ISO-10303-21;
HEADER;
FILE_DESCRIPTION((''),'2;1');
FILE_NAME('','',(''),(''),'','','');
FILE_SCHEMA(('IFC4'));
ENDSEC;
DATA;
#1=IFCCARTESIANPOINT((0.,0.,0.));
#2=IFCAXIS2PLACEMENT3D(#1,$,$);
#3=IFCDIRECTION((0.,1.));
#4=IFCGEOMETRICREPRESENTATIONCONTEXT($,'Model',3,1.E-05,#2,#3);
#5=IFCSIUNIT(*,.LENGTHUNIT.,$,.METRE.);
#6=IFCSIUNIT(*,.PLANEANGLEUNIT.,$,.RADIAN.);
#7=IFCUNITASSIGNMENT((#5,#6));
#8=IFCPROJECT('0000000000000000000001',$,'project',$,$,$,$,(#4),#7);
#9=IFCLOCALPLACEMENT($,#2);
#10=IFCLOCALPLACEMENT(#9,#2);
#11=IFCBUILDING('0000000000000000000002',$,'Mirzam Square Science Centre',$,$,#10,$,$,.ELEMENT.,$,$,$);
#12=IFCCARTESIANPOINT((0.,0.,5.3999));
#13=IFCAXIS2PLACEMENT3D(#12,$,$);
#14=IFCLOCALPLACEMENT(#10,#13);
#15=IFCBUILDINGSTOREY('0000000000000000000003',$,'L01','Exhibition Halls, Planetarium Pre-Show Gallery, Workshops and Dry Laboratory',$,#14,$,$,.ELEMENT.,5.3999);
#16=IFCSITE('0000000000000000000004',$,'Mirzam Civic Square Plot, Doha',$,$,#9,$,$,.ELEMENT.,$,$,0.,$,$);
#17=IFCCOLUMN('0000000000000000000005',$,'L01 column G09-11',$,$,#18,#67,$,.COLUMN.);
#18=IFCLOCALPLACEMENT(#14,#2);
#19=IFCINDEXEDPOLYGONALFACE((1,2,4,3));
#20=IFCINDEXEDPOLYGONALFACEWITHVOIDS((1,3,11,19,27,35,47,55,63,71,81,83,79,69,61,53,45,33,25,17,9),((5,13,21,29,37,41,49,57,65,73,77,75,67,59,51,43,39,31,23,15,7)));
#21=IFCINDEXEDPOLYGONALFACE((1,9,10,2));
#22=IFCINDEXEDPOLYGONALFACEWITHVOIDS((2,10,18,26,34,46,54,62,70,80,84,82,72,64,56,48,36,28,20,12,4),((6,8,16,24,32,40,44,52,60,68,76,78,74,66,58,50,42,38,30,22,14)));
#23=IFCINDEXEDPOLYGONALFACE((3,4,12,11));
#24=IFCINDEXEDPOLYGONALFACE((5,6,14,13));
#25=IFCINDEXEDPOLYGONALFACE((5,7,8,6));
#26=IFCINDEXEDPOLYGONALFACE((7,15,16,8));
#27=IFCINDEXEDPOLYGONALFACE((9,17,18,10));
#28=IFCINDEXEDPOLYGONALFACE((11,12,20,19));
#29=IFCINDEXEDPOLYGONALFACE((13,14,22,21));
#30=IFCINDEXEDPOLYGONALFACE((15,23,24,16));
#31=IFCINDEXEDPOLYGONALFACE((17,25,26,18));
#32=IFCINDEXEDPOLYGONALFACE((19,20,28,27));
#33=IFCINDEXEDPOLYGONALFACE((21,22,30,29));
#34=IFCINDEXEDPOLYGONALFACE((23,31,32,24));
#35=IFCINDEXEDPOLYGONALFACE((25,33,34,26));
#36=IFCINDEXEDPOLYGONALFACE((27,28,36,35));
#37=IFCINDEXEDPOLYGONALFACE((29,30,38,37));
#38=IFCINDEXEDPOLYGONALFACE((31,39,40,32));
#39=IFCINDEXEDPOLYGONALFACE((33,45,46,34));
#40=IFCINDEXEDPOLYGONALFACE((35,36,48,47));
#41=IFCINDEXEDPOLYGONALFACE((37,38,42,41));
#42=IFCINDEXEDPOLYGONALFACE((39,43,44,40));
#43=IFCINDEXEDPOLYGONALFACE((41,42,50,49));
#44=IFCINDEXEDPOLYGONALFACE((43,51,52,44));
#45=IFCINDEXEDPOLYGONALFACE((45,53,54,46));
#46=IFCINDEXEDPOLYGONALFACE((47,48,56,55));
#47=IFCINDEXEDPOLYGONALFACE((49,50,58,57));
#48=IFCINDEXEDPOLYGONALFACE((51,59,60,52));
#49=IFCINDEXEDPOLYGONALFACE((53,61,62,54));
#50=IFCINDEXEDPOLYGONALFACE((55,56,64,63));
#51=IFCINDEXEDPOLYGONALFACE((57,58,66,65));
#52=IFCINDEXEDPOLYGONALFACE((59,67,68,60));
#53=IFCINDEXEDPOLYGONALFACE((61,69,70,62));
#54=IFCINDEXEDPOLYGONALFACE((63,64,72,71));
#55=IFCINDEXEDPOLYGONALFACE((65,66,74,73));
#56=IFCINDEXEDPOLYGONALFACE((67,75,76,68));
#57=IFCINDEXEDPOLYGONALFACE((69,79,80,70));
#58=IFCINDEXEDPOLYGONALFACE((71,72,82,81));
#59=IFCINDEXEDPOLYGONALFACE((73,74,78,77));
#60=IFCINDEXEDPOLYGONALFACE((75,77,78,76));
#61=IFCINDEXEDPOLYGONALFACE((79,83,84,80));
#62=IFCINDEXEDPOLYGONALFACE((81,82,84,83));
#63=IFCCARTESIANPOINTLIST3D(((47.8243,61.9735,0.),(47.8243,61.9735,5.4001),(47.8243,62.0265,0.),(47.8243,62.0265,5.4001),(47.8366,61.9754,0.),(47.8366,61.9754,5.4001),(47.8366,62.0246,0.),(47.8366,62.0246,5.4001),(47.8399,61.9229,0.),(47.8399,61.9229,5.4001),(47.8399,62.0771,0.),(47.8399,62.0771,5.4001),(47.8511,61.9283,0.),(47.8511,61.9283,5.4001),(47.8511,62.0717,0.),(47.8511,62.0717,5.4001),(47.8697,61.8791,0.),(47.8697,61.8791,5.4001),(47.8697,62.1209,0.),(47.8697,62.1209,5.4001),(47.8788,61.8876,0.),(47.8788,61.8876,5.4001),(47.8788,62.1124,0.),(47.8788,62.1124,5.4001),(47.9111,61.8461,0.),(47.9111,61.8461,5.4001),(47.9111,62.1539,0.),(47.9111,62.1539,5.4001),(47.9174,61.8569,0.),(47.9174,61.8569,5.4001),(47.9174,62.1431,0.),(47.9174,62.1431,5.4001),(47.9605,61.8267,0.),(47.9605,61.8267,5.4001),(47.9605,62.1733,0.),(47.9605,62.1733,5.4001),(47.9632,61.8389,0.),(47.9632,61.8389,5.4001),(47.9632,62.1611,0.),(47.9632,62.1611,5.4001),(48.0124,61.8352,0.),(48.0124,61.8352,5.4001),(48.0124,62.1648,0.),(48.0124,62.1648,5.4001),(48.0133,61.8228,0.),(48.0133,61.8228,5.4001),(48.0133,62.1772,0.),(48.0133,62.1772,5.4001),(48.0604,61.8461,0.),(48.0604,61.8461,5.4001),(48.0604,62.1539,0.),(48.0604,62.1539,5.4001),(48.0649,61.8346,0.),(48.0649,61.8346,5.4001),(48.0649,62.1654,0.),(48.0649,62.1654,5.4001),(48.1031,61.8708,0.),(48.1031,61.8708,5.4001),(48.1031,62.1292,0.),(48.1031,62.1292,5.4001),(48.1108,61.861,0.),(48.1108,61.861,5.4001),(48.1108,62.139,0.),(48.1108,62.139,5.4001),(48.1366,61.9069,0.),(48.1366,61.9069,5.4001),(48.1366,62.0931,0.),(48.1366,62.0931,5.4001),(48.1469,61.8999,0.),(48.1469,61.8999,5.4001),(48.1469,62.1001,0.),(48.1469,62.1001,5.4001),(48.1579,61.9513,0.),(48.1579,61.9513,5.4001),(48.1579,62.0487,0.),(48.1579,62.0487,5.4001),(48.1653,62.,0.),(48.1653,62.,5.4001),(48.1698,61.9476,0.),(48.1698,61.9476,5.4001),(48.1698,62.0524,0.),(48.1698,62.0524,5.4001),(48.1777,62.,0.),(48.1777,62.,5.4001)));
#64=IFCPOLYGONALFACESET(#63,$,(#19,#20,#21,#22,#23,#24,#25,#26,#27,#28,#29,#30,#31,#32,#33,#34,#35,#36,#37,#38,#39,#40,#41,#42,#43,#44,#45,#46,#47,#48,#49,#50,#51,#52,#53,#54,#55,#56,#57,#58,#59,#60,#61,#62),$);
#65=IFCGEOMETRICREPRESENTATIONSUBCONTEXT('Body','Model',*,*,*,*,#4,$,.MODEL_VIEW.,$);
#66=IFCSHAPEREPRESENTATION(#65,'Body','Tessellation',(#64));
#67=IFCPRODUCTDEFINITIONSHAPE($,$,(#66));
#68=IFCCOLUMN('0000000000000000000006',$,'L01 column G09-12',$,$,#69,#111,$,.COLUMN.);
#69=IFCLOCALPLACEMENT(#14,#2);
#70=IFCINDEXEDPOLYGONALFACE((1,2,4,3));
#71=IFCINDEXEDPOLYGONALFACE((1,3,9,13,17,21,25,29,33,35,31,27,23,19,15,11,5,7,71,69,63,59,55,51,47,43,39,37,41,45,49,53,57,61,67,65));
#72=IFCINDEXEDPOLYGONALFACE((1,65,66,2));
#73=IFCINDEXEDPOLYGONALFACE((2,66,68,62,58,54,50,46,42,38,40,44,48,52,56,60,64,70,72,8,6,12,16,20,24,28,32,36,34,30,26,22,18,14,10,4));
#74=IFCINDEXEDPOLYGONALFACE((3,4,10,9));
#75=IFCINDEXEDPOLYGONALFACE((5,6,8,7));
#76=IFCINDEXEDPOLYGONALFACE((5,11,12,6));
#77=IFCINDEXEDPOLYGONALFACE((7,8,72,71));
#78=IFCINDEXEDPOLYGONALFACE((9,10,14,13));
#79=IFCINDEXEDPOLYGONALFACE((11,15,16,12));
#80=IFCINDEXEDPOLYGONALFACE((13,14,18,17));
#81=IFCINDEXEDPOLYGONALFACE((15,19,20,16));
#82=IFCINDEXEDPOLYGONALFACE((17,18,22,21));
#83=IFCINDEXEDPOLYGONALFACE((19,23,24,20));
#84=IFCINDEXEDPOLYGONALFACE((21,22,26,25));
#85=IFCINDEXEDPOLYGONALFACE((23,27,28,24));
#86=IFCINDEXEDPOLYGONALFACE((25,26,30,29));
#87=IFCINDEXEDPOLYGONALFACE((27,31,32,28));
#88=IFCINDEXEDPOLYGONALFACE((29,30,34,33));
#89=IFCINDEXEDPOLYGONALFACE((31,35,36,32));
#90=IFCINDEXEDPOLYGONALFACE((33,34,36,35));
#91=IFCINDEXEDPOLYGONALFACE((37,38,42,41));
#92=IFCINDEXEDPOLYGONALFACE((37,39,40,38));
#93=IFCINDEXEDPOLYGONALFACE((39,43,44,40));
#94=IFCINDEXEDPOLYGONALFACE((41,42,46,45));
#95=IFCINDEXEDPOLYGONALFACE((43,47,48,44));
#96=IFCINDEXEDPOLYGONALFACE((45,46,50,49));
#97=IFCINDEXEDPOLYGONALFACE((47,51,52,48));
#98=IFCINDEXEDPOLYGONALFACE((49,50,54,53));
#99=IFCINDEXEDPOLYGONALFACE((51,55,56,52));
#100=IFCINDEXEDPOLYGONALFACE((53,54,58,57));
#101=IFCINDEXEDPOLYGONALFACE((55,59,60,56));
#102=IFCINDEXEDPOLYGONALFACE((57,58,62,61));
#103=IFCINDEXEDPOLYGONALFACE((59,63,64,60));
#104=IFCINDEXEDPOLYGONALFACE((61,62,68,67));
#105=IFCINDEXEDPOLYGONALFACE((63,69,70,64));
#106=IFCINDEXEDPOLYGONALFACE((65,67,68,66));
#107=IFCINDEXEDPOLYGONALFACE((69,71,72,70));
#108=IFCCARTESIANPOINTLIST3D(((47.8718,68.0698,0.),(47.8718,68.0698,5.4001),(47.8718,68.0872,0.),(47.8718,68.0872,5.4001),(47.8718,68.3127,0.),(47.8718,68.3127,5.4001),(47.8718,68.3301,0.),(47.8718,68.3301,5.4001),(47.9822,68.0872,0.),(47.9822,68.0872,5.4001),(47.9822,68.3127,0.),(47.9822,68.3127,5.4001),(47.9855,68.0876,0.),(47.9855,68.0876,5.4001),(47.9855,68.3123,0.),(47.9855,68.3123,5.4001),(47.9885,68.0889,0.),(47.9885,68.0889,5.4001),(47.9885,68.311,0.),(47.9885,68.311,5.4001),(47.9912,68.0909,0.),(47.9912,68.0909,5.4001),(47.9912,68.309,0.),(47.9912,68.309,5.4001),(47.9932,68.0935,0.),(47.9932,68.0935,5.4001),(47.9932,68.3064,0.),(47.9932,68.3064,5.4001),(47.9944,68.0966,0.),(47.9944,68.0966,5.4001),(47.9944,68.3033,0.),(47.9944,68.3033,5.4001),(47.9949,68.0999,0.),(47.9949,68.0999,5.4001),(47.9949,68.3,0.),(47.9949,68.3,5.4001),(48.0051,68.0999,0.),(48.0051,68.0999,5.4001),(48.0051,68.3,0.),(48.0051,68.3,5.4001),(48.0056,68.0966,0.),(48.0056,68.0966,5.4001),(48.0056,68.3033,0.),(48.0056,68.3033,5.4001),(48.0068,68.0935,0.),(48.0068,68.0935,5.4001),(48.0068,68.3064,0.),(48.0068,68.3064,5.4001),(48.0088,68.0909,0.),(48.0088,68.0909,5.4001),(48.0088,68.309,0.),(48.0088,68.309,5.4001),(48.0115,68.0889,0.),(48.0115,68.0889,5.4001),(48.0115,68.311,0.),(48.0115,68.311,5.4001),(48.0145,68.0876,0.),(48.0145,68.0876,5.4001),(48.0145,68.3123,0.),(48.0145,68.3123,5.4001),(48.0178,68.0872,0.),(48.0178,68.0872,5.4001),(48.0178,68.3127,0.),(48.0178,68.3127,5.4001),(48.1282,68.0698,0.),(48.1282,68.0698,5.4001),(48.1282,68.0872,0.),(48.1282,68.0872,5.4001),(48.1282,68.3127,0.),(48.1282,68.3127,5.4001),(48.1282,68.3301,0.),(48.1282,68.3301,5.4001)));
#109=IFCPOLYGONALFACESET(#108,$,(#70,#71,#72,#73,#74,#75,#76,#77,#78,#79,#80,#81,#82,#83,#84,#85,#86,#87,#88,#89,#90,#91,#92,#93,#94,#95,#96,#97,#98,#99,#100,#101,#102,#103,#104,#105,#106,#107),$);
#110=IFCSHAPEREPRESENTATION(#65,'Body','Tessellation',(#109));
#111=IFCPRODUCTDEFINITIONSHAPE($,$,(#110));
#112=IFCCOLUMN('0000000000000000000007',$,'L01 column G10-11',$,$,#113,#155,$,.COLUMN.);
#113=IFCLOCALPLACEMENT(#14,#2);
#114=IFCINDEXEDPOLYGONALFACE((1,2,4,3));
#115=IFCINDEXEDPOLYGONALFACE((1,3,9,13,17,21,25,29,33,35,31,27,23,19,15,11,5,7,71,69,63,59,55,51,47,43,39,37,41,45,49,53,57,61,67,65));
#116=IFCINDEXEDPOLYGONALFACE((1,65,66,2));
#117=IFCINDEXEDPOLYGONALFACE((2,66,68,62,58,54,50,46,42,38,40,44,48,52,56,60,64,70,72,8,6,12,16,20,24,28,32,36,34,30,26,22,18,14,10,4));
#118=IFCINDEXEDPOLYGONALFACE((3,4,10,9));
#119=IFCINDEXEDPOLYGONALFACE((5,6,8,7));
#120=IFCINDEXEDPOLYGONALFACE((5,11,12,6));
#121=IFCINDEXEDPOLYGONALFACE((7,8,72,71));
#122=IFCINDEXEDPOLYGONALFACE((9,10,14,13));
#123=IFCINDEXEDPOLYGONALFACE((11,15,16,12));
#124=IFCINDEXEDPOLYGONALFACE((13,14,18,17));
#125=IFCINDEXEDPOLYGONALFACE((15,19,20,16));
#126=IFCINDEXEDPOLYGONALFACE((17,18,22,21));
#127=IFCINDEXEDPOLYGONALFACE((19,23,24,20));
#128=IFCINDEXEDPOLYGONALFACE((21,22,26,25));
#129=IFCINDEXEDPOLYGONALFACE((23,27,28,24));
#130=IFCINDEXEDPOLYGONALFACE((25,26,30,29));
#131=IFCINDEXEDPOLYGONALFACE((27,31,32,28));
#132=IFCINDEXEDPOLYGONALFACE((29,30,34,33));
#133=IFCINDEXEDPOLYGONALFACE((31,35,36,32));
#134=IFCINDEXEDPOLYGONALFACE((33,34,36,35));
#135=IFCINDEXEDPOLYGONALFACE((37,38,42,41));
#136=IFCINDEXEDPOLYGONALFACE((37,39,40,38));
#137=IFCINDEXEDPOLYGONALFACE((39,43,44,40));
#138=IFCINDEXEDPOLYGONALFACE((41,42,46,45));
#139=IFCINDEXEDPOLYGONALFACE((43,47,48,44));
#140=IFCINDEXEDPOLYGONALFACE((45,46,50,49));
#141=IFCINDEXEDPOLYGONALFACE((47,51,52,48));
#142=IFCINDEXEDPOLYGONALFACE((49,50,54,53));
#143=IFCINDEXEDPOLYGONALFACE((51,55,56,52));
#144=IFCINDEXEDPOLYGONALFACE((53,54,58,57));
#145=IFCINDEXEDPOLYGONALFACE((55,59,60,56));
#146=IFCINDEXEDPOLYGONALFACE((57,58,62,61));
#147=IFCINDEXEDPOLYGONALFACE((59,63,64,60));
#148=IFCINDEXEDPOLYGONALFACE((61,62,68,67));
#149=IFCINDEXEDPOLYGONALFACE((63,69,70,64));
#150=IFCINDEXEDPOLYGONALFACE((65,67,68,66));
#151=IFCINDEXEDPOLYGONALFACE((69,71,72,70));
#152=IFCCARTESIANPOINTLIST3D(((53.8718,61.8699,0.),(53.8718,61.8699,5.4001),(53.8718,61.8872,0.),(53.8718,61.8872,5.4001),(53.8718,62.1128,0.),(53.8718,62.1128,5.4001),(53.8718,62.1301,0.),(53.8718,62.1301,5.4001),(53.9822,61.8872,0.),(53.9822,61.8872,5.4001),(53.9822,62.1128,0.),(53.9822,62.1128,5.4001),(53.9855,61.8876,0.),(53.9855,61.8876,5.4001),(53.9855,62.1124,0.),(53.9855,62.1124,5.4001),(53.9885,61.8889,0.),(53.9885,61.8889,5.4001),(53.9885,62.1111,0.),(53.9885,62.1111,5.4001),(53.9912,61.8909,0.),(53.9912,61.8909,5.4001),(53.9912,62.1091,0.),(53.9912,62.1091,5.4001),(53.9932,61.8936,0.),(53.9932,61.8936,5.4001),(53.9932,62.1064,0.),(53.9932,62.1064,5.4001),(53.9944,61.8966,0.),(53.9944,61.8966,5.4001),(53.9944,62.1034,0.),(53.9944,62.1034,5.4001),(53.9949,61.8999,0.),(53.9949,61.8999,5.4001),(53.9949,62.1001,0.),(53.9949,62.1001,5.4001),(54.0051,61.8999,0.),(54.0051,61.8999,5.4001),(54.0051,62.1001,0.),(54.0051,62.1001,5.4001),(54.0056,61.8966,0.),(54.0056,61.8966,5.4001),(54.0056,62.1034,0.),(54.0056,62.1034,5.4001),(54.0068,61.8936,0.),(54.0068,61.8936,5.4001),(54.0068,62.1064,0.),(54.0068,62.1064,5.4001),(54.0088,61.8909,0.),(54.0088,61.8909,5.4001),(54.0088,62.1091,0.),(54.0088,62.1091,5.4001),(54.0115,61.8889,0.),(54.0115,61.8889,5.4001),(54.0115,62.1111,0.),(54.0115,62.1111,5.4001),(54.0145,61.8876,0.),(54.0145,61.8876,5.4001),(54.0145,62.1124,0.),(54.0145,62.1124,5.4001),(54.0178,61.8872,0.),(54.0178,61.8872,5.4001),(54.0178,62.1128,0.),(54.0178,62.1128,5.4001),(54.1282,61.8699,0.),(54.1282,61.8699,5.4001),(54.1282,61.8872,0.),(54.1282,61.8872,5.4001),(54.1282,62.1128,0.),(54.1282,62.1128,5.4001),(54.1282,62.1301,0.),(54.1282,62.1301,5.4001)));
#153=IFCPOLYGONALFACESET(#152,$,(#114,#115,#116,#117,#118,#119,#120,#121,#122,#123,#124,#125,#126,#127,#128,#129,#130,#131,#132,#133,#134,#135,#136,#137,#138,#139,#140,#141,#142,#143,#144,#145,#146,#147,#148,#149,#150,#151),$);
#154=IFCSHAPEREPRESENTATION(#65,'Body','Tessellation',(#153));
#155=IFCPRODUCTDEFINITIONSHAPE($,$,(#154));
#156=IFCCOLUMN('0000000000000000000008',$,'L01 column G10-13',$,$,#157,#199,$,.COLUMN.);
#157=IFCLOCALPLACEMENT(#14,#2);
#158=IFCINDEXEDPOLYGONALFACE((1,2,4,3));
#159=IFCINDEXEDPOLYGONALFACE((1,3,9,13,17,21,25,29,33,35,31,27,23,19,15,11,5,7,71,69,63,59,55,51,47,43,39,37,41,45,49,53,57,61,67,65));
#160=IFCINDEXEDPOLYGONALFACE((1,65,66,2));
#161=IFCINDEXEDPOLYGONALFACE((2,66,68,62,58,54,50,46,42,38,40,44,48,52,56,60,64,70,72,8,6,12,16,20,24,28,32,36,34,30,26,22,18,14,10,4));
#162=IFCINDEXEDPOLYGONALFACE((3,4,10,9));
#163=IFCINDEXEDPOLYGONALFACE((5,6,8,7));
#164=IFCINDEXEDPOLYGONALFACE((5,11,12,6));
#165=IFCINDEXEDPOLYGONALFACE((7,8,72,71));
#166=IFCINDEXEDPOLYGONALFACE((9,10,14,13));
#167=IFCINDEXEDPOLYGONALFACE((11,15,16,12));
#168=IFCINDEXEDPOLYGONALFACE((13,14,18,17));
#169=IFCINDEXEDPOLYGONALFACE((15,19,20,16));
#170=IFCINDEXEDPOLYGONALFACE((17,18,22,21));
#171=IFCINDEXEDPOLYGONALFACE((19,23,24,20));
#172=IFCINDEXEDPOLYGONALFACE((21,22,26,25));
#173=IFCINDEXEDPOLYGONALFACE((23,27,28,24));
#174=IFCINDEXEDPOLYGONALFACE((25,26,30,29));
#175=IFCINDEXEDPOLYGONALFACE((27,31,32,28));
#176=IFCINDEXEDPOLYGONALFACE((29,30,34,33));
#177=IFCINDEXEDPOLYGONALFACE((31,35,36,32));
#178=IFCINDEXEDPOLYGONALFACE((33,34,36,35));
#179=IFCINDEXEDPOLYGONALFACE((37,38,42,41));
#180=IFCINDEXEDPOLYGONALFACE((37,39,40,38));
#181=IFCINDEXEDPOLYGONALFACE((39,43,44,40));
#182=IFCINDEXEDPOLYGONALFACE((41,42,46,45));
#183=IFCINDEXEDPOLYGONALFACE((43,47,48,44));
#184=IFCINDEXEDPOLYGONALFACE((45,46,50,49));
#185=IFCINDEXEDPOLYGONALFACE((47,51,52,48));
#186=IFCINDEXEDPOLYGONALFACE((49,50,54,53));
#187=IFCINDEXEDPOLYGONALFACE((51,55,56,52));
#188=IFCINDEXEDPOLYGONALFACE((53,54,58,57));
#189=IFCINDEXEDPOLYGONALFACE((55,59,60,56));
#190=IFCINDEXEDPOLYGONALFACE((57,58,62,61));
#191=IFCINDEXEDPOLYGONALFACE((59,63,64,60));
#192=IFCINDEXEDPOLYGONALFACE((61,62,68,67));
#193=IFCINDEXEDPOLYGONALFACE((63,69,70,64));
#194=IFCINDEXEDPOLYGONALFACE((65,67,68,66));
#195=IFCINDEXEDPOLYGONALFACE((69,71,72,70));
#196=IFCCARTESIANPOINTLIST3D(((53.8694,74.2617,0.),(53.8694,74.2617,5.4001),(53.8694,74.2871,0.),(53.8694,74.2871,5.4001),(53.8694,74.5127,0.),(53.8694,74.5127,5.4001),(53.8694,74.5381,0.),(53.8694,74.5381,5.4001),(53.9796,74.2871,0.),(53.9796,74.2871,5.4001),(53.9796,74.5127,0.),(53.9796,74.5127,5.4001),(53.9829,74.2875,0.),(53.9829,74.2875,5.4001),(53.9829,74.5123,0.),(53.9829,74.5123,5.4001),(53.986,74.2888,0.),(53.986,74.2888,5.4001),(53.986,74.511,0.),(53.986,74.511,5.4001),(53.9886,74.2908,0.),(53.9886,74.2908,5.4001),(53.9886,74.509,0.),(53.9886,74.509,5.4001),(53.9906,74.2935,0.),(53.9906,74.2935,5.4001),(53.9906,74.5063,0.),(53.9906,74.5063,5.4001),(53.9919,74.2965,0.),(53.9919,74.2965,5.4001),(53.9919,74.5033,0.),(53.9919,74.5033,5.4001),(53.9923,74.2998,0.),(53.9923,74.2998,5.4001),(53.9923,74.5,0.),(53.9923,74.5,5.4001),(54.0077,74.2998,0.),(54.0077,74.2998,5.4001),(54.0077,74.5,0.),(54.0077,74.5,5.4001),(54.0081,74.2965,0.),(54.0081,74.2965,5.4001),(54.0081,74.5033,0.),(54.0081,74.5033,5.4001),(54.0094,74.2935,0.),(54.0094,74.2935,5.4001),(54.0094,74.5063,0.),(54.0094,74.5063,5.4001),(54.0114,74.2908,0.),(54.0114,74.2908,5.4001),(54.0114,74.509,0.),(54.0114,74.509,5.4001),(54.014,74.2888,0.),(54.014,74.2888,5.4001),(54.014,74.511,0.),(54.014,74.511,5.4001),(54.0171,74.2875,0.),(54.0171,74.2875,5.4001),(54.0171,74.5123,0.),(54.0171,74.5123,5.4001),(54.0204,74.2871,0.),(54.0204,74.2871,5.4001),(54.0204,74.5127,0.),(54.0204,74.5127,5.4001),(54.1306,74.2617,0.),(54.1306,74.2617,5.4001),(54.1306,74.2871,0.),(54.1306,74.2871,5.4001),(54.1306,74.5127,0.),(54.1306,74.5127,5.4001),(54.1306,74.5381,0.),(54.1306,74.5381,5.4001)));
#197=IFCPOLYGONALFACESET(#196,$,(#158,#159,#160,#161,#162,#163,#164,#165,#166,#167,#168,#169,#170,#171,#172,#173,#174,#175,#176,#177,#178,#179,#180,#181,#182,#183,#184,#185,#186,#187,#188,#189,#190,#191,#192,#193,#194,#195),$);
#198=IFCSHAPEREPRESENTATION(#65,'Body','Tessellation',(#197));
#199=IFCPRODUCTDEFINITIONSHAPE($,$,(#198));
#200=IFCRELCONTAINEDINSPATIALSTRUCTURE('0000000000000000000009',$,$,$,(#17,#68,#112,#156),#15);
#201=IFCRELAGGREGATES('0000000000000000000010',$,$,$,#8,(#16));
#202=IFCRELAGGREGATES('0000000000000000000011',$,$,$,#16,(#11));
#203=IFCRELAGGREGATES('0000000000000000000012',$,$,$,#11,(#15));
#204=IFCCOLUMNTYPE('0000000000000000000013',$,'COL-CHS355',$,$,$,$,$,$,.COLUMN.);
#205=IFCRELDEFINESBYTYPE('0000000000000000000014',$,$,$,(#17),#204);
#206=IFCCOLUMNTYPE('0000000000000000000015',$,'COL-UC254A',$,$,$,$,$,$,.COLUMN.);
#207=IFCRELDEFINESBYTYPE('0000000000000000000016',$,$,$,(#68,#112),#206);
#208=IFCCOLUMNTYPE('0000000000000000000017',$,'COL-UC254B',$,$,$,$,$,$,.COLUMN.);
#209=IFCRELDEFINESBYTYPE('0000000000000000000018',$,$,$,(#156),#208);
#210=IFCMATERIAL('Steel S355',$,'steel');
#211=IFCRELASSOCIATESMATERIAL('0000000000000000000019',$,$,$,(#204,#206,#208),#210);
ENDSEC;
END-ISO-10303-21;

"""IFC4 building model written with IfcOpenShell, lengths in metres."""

from ifc_helpers import new_model, si_unit, direction, frame, origin, origin_2d, place, context, subcontext, project, spatial, hollow_circle, i_section, extrude, material, material_profile, profile_set, type_object, element, save


model = new_model("IFC4")

# Units and contexts
model_context = context("Model", 3, precision=1e-05, world=origin(), true_north=direction((0.0, 1.0)))
body_context = subcontext(model_context, "Body", "Model", "MODEL_VIEW")
ifc_project = project(units=[si_unit("LENGTHUNIT", "METRE"), si_unit("PLANEANGLEUNIT", "RADIAN")], contexts=[model_context])

# Site, building, storey
site_placement = place(None, origin())
site = spatial("IfcSite", under=ifc_project, at=site_placement, Name="Mirzam Civic Square Plot, Doha", CompositionType="ELEMENT", RefElevation=0.0)
building_placement = place(site_placement, origin())
building = spatial("IfcBuilding", under=site, at=building_placement, Name="Mirzam Square Science Centre", CompositionType="ELEMENT")
storey_placement = place(building_placement, frame((0.0, 0.0, 5.3999)))
storey = spatial("IfcBuildingStorey", under=building, at=storey_placement, Name="L01", Description="Exhibition Halls, Planetarium Pre-Show Gallery, Workshops and Dry Laboratory", CompositionType="ELEMENT", Elevation=5.3999)

# Columns
ifc_material = material(Name="Steel S355", Category="steel")
ifc_material_profile_1 = material_profile(ifc_material, hollow_circle(Radius=0.1777, WallThickness=0.0125, at=origin_2d()), Name="355.6x12.5CHS")
ifc_profile_set_1 = profile_set([ifc_material_profile_1], Name="Steel S355")
column_type_1 = type_object("IfcColumnType", Name="COL-CHS355", PredefinedType="COLUMN", material=ifc_profile_set_1)
column_1_placement = place(storey_placement, frame((48.0, 62.0, 0.0), z_axis=(0.0, 0.0, 1.0), x_axis=(1.0, 0.0, 0.0)))
element("IfcColumn", 1, at=column_1_placement, inside=storey, type_object=column_type_1, Name="L01 column G09-11", PredefinedType="COLUMN", context=body_context, shape_type="SweptSolid", body=[
    extrude(hollow_circle(Radius=0.1777, WallThickness=0.0125, at=origin_2d()), origin(), (0.0, 0.0, 1.0), 5.4001),
])
ifc_material_profile_2 = material_profile(ifc_material, i_section(OverallWidth=0.2563, OverallDepth=0.2603, WebThickness=0.0103, FlangeThickness=0.0173, FilletRadius=0.0127, at=origin_2d()), Name="254x254x89UC")
ifc_profile_set_2 = profile_set([ifc_material_profile_2], Name="Steel S355")
column_type_2 = type_object("IfcColumnType", Name="COL-UC254A", PredefinedType="COLUMN", material=ifc_profile_set_2)
for number, where, z_axis, x_axis, name in (
    (2, (48.0, 68.2, 0.0), (0.0, 0.0, 1.0), (1.0, 0.0, 0.0), "L01 column G09-12"),
    (3, (54.0, 62.0, 0.0), (0.0, 0.0, 1.0), (1.0, 0.0, 0.0), "L01 column G10-11"),
):
    element("IfcColumn", number, at=place(storey_placement, frame(where, z_axis=z_axis, x_axis=x_axis)), inside=storey, type_object=column_type_2, Name=name, PredefinedType="COLUMN", context=body_context, shape_type="SweptSolid", body=[
        extrude(i_section(OverallWidth=0.2563, OverallDepth=0.2603, WebThickness=0.0103, FlangeThickness=0.0173, FilletRadius=0.0127, at=origin_2d()), origin(), (0.0, 0.0, 1.0), 5.4001),
    ])
ifc_material_profile_3 = material_profile(ifc_material, i_section(OverallWidth=0.2612, OverallDepth=0.2764, WebThickness=0.0154, FlangeThickness=0.0254, FilletRadius=0.0127, at=origin_2d()), Name="254x254x132UC")
ifc_profile_set_3 = profile_set([ifc_material_profile_3], Name="Steel S355")
column_type_3 = type_object("IfcColumnType", Name="COL-UC254B", PredefinedType="COLUMN", material=ifc_profile_set_3)
column_2_placement = place(storey_placement, frame((54.0, 74.3999, 0.0), z_axis=(0.0, 0.0, 1.0), x_axis=(1.0, 0.0, 0.0)))
element("IfcColumn", 4, at=column_2_placement, inside=storey, type_object=column_type_3, Name="L01 column G10-13", PredefinedType="COLUMN", context=body_context, shape_type="SweptSolid", body=[
    extrude(i_section(OverallWidth=0.2612, OverallDepth=0.2764, WebThickness=0.0154, FlangeThickness=0.0254, FilletRadius=0.0127, at=origin_2d()), origin(), (0.0, 0.0, 1.0), 5.4001),
])

save(model, "model.ifc")
